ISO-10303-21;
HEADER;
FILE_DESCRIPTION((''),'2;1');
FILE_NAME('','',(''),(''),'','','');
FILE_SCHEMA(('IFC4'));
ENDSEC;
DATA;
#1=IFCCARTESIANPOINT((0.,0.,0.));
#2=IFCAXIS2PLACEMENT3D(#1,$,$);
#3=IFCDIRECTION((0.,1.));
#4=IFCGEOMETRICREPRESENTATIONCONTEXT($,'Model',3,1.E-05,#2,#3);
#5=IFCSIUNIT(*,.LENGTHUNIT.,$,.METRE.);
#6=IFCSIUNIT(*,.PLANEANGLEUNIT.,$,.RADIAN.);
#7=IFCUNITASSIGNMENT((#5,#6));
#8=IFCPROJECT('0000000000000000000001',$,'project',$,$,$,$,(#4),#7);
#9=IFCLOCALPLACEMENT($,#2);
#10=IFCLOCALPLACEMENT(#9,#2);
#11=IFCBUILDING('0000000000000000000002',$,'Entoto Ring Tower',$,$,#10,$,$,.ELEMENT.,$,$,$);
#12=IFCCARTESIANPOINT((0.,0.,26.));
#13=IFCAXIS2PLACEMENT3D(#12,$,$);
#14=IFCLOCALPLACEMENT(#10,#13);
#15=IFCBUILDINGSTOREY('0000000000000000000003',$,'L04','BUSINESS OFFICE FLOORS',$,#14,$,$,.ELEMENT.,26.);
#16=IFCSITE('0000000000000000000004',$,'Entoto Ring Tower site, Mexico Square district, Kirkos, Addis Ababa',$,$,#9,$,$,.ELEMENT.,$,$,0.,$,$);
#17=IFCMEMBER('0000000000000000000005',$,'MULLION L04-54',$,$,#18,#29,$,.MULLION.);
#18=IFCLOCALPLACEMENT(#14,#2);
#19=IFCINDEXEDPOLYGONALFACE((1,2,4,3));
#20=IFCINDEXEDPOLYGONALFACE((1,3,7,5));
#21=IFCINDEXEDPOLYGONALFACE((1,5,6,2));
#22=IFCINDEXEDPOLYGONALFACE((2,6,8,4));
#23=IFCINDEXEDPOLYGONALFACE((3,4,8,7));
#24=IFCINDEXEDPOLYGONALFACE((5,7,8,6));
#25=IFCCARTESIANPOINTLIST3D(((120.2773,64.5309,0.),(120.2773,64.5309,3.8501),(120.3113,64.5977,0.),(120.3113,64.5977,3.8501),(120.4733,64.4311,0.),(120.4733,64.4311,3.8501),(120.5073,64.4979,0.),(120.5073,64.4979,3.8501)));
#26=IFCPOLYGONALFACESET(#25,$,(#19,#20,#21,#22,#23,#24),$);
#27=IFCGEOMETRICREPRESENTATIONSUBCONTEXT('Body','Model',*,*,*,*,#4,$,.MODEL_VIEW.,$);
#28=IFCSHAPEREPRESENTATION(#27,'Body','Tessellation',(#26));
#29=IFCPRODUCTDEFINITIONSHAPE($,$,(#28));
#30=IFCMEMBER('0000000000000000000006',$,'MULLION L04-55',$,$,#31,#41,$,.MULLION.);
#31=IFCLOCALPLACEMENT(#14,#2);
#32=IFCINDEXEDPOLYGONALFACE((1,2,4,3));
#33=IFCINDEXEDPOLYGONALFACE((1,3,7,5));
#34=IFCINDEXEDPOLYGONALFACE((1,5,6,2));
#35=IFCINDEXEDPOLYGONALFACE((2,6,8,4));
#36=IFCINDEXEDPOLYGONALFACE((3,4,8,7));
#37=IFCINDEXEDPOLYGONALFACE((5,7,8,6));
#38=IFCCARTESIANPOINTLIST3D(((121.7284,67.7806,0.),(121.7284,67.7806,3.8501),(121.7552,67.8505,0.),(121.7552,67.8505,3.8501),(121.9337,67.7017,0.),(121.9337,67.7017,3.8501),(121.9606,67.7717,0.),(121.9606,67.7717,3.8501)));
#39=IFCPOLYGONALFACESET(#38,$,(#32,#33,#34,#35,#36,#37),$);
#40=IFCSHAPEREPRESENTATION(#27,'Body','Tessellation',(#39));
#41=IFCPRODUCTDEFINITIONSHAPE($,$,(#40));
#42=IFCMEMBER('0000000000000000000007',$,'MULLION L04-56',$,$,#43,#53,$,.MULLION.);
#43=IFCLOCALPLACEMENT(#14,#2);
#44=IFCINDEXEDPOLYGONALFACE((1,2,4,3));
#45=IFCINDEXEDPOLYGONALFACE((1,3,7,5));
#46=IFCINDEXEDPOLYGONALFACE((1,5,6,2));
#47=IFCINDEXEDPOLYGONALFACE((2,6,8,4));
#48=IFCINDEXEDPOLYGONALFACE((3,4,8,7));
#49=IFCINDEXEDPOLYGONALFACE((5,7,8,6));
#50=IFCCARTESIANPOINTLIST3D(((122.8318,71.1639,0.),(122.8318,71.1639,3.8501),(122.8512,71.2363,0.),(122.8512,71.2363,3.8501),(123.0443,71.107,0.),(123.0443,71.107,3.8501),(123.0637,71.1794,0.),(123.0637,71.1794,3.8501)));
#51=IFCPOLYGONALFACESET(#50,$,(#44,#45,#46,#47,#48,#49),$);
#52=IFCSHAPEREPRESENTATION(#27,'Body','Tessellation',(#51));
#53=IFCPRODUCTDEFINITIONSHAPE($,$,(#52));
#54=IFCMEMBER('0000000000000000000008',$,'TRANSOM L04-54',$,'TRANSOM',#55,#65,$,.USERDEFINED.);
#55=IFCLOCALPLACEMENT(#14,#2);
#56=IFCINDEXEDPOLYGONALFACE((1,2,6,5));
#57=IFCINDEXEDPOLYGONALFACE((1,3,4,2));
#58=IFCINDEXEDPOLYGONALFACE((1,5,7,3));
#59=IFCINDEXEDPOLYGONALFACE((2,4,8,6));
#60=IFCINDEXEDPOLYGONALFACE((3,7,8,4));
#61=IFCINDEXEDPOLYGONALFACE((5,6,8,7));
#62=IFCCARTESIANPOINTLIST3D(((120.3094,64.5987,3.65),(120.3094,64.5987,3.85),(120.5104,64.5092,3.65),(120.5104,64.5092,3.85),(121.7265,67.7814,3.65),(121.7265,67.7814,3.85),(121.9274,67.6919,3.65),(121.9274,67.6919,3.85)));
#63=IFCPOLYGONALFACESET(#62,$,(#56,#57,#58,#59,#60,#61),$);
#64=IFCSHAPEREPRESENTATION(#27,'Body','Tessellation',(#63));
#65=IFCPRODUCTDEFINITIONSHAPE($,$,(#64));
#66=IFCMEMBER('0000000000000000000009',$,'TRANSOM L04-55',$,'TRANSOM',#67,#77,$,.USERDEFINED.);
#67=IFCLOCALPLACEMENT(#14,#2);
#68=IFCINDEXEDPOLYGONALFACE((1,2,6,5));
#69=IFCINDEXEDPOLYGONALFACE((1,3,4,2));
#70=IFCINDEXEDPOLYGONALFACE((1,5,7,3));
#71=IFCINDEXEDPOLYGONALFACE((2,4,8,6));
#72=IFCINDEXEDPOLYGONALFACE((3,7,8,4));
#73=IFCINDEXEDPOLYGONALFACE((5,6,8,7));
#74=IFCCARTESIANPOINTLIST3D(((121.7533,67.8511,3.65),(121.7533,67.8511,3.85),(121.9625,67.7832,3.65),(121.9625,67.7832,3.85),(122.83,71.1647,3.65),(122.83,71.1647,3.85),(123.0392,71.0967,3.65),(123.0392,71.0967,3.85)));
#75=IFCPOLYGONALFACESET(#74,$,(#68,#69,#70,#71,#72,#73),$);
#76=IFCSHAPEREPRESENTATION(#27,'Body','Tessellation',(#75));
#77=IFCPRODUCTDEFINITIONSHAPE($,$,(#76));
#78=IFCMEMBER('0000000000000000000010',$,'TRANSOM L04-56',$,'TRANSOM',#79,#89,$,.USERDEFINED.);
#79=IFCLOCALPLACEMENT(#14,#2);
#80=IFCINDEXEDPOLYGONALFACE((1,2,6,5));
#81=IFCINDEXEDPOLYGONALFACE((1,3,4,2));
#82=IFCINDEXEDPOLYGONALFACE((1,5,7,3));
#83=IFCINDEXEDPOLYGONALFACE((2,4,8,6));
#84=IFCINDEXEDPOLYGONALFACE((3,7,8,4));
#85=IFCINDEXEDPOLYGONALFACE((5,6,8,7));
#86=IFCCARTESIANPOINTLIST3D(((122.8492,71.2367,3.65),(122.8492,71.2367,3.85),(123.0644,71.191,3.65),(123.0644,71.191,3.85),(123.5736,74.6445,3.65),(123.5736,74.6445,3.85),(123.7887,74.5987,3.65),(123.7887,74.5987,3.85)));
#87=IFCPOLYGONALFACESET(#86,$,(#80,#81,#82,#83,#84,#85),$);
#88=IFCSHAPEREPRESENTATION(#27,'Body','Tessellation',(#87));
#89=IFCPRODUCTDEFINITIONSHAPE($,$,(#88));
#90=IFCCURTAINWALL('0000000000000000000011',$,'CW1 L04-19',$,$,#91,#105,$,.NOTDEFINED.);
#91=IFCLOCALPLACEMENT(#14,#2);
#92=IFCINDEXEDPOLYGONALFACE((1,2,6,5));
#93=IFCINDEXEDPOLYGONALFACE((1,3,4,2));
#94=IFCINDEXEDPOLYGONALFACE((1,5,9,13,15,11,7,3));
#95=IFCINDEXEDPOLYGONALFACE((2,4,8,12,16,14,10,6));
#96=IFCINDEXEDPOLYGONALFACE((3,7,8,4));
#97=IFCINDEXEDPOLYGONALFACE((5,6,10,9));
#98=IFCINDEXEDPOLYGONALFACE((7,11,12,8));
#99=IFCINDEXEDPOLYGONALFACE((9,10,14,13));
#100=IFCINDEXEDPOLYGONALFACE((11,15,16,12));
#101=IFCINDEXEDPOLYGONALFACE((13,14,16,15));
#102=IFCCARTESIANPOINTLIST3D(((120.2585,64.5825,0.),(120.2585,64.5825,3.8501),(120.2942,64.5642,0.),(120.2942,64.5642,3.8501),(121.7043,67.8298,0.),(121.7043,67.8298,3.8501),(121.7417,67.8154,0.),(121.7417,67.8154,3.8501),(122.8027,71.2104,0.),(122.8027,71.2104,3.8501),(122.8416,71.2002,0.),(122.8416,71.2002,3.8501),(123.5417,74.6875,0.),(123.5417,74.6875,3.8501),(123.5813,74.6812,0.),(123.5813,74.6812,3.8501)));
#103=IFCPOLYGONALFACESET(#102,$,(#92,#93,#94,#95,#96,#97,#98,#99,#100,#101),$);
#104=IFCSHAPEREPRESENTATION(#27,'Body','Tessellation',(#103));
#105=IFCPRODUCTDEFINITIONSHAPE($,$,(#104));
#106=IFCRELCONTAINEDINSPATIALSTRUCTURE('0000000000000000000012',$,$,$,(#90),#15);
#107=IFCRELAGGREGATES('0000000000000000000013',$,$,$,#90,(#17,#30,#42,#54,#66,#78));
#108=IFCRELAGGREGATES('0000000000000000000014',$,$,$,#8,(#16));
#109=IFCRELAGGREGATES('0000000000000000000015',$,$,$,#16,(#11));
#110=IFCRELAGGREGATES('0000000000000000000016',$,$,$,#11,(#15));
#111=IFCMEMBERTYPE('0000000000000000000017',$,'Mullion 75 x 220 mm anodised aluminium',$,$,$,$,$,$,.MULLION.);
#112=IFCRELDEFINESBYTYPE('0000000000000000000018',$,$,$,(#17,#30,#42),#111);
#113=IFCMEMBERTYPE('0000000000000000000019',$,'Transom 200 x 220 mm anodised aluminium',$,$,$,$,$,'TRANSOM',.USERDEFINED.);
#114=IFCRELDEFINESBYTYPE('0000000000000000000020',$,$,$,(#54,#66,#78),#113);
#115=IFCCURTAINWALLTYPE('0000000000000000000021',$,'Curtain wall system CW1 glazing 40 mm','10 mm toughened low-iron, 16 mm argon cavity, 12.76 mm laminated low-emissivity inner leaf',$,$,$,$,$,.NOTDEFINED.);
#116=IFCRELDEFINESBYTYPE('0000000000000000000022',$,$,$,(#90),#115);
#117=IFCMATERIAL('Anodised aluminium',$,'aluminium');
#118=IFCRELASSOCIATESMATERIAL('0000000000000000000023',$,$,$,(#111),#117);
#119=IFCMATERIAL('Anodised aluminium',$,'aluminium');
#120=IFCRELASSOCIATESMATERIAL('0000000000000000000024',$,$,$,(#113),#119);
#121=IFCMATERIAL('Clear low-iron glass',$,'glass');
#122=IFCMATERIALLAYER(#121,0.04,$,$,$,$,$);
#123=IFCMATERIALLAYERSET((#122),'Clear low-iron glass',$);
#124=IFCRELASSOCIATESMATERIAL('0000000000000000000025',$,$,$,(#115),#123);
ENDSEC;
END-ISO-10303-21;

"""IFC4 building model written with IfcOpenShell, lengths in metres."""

from ifc_helpers import new_model, si_unit, direction, frame, origin, origin_2d, place, context, subcontext, project, spatial, polyline, rectangle, outline, extrude, material, layer, layer_set, material_profile, profile_set, type_object, element, aggregate, save


model = new_model("IFC4")

# Units and contexts
model_context = context("Model", 3, precision=1e-05, world=origin(), true_north=direction((0.0, 1.0)))
body_context = subcontext(model_context, "Body", "Model", "MODEL_VIEW")
ifc_project = project(units=[si_unit("LENGTHUNIT", "METRE"), si_unit("PLANEANGLEUNIT", "RADIAN")], contexts=[model_context])

# Members
ifc_material_1 = material(Name="Anodised aluminium", Category="aluminium")
ifc_material_profile_1 = material_profile(ifc_material_1, rectangle(XDim=0.075, YDim=0.22, at=origin_2d()), Name="Mullion 75 x 220 mm anodised aluminium")
ifc_profile_set_1 = profile_set([ifc_material_profile_1], Name="Anodised aluminium")
member_type_1 = type_object("IfcMemberType", Name="Mullion 75 x 220 mm anodised aluminium", PredefinedType="MULLION", material=ifc_profile_set_1)
site_placement = place(None, origin())
building_placement = place(site_placement, origin())
storey_placement = place(building_placement, frame((0.0, 0.0, 26.0)))
member_1_placement = place(storey_placement, frame((120.3923, 64.5144, 0.0), z_axis=(0.0, 0.0, 1.0), x_axis=(0.45399, 0.891007, 0.0)))
member_1 = element("IfcMember", 1, at=member_1_placement, type_object=member_type_1, Name="MULLION L04-54", PredefinedType="MULLION", context=body_context, shape_type="SweptSolid", body=[
    extrude(rectangle(XDim=0.075, YDim=0.22, at=origin_2d()), origin(), (0.0, 0.0, 1.0), 3.8501),
])
member_2_placement = place(storey_placement, frame((121.8445, 67.7761, 0.0), z_axis=(0.0, 0.0, 1.0), x_axis=(0.358368, 0.93358, 0.0)))
member_2 = element("IfcMember", 2, at=member_2_placement, type_object=member_type_1, Name="MULLION L04-55", PredefinedType="MULLION", context=body_context, shape_type="SweptSolid", body=[
    extrude(rectangle(XDim=0.075, YDim=0.22, at=origin_2d()), origin(), (0.0, 0.0, 1.0), 3.8501),
])
member_3_placement = place(storey_placement, frame((122.9478, 71.1716, 0.0), z_axis=(0.0, 0.0, 1.0), x_axis=(0.258819, 0.965926, 0.0)))
member_3 = element("IfcMember", 3, at=member_3_placement, type_object=member_type_1, Name="MULLION L04-56", PredefinedType="MULLION", context=body_context, shape_type="SweptSolid", body=[
    extrude(rectangle(XDim=0.075, YDim=0.22, at=origin_2d()), origin(), (0.0, 0.0, 1.0), 3.8501),
])
ifc_material_2 = material(Name="Anodised aluminium", Category="aluminium")
ifc_material_profile_2 = material_profile(ifc_material_2, rectangle(XDim=0.22, YDim=0.2, at=origin_2d()), Name="Transom 200 x 220 mm anodised aluminium")
ifc_profile_set_2 = profile_set([ifc_material_profile_2], Name="Anodised aluminium")
member_type_2 = type_object("IfcMemberType", Name="Transom 200 x 220 mm anodised aluminium", ElementType="TRANSOM", PredefinedType="USERDEFINED", material=ifc_profile_set_2)
member_4_placement = place(storey_placement, frame((120.4099, 64.554, 3.75), z_axis=(0.406737, 0.913545, 0.0), x_axis=(-0.913545, 0.406737, 0.0)))
member_4 = element("IfcMember", 4, at=member_4_placement, type_object=member_type_2, Name="TRANSOM L04-54", ObjectType="TRANSOM", PredefinedType="USERDEFINED", context=body_context, shape_type="SweptSolid", body=[
    extrude(rectangle(XDim=0.22, YDim=0.2, at=origin_2d()), origin(), (0.0, 0.0, 1.0), 3.4839),
])
member_5_placement = place(storey_placement, frame((121.8579, 67.8171, 3.75), z_axis=(0.309029, 0.951053, 0.0), x_axis=(-0.951053, 0.309029, 0.0)))
member_5 = element("IfcMember", 5, at=member_5_placement, type_object=member_type_2, Name="TRANSOM L04-55", ObjectType="TRANSOM", PredefinedType="USERDEFINED", context=body_context, shape_type="SweptSolid", body=[
    extrude(rectangle(XDim=0.22, YDim=0.2, at=origin_2d()), origin(), (0.0, 0.0, 1.0), 3.4841),
])
member_6_placement = place(storey_placement, frame((122.9568, 71.2139, 3.75), z_axis=(0.207921, 0.978146, 0.0), x_axis=(-0.978146, 0.207921, 0.0)))
member_6 = element("IfcMember", 6, at=member_6_placement, type_object=member_type_2, Name="TRANSOM L04-56", ObjectType="TRANSOM", PredefinedType="USERDEFINED", context=body_context, shape_type="SweptSolid", body=[
    extrude(rectangle(XDim=0.22, YDim=0.2, at=origin_2d()), origin(), (0.0, 0.0, 1.0), 3.4839),
])

# Site, building, storey
site = spatial("IfcSite", under=ifc_project, at=site_placement, Name="Entoto Ring Tower site, Mexico Square district, Kirkos, Addis Ababa", CompositionType="ELEMENT", RefElevation=0.0)
building = spatial("IfcBuilding", under=site, at=building_placement, Name="Entoto Ring Tower", CompositionType="ELEMENT")
storey = spatial("IfcBuildingStorey", under=building, at=storey_placement, Name="L04", Description="BUSINESS OFFICE FLOORS", CompositionType="ELEMENT", Elevation=26.0)

# Curtain wall
ifc_material_3 = material(Name="Clear low-iron glass", Category="glass")
ifc_layer_1 = layer(ifc_material_3, 0.04)
ifc_layer_set_1 = layer_set([ifc_layer_1], Name="Clear low-iron glass")
curtain_wall_type = type_object("IfcCurtainWallType", Name="Curtain wall system CW1 glazing 40 mm", Description="10 mm toughened low-iron, 16 mm argon cavity, 12.76 mm laminated low-emissivity inner leaf", PredefinedType="NOTDEFINED", material=ifc_layer_set_1)
curtain_wall_1_placement = place(storey_placement, origin())
curtain_wall_1 = element("IfcCurtainWall", 7, at=curtain_wall_1_placement, inside=storey, type_object=curtain_wall_type, Name="CW1 L04-19", PredefinedType="NOTDEFINED", context=body_context, shape_type="SweptSolid", body=[
    extrude(outline(polyline([(120.2942, 64.5642), (121.7417, 67.8154), (122.8416, 71.2002), (123.5813, 74.6812), (123.5417, 74.6875), (122.8027, 71.2104), (121.7043, 67.8298), (120.2585, 64.5825), (120.2942, 64.5642)])), origin(), (0.0, 0.0, 1.0), 3.8501),
])
aggregate(curtain_wall_1, [member_1, member_2, member_3, member_4, member_5, member_6])

save(model, "model.ifc")
